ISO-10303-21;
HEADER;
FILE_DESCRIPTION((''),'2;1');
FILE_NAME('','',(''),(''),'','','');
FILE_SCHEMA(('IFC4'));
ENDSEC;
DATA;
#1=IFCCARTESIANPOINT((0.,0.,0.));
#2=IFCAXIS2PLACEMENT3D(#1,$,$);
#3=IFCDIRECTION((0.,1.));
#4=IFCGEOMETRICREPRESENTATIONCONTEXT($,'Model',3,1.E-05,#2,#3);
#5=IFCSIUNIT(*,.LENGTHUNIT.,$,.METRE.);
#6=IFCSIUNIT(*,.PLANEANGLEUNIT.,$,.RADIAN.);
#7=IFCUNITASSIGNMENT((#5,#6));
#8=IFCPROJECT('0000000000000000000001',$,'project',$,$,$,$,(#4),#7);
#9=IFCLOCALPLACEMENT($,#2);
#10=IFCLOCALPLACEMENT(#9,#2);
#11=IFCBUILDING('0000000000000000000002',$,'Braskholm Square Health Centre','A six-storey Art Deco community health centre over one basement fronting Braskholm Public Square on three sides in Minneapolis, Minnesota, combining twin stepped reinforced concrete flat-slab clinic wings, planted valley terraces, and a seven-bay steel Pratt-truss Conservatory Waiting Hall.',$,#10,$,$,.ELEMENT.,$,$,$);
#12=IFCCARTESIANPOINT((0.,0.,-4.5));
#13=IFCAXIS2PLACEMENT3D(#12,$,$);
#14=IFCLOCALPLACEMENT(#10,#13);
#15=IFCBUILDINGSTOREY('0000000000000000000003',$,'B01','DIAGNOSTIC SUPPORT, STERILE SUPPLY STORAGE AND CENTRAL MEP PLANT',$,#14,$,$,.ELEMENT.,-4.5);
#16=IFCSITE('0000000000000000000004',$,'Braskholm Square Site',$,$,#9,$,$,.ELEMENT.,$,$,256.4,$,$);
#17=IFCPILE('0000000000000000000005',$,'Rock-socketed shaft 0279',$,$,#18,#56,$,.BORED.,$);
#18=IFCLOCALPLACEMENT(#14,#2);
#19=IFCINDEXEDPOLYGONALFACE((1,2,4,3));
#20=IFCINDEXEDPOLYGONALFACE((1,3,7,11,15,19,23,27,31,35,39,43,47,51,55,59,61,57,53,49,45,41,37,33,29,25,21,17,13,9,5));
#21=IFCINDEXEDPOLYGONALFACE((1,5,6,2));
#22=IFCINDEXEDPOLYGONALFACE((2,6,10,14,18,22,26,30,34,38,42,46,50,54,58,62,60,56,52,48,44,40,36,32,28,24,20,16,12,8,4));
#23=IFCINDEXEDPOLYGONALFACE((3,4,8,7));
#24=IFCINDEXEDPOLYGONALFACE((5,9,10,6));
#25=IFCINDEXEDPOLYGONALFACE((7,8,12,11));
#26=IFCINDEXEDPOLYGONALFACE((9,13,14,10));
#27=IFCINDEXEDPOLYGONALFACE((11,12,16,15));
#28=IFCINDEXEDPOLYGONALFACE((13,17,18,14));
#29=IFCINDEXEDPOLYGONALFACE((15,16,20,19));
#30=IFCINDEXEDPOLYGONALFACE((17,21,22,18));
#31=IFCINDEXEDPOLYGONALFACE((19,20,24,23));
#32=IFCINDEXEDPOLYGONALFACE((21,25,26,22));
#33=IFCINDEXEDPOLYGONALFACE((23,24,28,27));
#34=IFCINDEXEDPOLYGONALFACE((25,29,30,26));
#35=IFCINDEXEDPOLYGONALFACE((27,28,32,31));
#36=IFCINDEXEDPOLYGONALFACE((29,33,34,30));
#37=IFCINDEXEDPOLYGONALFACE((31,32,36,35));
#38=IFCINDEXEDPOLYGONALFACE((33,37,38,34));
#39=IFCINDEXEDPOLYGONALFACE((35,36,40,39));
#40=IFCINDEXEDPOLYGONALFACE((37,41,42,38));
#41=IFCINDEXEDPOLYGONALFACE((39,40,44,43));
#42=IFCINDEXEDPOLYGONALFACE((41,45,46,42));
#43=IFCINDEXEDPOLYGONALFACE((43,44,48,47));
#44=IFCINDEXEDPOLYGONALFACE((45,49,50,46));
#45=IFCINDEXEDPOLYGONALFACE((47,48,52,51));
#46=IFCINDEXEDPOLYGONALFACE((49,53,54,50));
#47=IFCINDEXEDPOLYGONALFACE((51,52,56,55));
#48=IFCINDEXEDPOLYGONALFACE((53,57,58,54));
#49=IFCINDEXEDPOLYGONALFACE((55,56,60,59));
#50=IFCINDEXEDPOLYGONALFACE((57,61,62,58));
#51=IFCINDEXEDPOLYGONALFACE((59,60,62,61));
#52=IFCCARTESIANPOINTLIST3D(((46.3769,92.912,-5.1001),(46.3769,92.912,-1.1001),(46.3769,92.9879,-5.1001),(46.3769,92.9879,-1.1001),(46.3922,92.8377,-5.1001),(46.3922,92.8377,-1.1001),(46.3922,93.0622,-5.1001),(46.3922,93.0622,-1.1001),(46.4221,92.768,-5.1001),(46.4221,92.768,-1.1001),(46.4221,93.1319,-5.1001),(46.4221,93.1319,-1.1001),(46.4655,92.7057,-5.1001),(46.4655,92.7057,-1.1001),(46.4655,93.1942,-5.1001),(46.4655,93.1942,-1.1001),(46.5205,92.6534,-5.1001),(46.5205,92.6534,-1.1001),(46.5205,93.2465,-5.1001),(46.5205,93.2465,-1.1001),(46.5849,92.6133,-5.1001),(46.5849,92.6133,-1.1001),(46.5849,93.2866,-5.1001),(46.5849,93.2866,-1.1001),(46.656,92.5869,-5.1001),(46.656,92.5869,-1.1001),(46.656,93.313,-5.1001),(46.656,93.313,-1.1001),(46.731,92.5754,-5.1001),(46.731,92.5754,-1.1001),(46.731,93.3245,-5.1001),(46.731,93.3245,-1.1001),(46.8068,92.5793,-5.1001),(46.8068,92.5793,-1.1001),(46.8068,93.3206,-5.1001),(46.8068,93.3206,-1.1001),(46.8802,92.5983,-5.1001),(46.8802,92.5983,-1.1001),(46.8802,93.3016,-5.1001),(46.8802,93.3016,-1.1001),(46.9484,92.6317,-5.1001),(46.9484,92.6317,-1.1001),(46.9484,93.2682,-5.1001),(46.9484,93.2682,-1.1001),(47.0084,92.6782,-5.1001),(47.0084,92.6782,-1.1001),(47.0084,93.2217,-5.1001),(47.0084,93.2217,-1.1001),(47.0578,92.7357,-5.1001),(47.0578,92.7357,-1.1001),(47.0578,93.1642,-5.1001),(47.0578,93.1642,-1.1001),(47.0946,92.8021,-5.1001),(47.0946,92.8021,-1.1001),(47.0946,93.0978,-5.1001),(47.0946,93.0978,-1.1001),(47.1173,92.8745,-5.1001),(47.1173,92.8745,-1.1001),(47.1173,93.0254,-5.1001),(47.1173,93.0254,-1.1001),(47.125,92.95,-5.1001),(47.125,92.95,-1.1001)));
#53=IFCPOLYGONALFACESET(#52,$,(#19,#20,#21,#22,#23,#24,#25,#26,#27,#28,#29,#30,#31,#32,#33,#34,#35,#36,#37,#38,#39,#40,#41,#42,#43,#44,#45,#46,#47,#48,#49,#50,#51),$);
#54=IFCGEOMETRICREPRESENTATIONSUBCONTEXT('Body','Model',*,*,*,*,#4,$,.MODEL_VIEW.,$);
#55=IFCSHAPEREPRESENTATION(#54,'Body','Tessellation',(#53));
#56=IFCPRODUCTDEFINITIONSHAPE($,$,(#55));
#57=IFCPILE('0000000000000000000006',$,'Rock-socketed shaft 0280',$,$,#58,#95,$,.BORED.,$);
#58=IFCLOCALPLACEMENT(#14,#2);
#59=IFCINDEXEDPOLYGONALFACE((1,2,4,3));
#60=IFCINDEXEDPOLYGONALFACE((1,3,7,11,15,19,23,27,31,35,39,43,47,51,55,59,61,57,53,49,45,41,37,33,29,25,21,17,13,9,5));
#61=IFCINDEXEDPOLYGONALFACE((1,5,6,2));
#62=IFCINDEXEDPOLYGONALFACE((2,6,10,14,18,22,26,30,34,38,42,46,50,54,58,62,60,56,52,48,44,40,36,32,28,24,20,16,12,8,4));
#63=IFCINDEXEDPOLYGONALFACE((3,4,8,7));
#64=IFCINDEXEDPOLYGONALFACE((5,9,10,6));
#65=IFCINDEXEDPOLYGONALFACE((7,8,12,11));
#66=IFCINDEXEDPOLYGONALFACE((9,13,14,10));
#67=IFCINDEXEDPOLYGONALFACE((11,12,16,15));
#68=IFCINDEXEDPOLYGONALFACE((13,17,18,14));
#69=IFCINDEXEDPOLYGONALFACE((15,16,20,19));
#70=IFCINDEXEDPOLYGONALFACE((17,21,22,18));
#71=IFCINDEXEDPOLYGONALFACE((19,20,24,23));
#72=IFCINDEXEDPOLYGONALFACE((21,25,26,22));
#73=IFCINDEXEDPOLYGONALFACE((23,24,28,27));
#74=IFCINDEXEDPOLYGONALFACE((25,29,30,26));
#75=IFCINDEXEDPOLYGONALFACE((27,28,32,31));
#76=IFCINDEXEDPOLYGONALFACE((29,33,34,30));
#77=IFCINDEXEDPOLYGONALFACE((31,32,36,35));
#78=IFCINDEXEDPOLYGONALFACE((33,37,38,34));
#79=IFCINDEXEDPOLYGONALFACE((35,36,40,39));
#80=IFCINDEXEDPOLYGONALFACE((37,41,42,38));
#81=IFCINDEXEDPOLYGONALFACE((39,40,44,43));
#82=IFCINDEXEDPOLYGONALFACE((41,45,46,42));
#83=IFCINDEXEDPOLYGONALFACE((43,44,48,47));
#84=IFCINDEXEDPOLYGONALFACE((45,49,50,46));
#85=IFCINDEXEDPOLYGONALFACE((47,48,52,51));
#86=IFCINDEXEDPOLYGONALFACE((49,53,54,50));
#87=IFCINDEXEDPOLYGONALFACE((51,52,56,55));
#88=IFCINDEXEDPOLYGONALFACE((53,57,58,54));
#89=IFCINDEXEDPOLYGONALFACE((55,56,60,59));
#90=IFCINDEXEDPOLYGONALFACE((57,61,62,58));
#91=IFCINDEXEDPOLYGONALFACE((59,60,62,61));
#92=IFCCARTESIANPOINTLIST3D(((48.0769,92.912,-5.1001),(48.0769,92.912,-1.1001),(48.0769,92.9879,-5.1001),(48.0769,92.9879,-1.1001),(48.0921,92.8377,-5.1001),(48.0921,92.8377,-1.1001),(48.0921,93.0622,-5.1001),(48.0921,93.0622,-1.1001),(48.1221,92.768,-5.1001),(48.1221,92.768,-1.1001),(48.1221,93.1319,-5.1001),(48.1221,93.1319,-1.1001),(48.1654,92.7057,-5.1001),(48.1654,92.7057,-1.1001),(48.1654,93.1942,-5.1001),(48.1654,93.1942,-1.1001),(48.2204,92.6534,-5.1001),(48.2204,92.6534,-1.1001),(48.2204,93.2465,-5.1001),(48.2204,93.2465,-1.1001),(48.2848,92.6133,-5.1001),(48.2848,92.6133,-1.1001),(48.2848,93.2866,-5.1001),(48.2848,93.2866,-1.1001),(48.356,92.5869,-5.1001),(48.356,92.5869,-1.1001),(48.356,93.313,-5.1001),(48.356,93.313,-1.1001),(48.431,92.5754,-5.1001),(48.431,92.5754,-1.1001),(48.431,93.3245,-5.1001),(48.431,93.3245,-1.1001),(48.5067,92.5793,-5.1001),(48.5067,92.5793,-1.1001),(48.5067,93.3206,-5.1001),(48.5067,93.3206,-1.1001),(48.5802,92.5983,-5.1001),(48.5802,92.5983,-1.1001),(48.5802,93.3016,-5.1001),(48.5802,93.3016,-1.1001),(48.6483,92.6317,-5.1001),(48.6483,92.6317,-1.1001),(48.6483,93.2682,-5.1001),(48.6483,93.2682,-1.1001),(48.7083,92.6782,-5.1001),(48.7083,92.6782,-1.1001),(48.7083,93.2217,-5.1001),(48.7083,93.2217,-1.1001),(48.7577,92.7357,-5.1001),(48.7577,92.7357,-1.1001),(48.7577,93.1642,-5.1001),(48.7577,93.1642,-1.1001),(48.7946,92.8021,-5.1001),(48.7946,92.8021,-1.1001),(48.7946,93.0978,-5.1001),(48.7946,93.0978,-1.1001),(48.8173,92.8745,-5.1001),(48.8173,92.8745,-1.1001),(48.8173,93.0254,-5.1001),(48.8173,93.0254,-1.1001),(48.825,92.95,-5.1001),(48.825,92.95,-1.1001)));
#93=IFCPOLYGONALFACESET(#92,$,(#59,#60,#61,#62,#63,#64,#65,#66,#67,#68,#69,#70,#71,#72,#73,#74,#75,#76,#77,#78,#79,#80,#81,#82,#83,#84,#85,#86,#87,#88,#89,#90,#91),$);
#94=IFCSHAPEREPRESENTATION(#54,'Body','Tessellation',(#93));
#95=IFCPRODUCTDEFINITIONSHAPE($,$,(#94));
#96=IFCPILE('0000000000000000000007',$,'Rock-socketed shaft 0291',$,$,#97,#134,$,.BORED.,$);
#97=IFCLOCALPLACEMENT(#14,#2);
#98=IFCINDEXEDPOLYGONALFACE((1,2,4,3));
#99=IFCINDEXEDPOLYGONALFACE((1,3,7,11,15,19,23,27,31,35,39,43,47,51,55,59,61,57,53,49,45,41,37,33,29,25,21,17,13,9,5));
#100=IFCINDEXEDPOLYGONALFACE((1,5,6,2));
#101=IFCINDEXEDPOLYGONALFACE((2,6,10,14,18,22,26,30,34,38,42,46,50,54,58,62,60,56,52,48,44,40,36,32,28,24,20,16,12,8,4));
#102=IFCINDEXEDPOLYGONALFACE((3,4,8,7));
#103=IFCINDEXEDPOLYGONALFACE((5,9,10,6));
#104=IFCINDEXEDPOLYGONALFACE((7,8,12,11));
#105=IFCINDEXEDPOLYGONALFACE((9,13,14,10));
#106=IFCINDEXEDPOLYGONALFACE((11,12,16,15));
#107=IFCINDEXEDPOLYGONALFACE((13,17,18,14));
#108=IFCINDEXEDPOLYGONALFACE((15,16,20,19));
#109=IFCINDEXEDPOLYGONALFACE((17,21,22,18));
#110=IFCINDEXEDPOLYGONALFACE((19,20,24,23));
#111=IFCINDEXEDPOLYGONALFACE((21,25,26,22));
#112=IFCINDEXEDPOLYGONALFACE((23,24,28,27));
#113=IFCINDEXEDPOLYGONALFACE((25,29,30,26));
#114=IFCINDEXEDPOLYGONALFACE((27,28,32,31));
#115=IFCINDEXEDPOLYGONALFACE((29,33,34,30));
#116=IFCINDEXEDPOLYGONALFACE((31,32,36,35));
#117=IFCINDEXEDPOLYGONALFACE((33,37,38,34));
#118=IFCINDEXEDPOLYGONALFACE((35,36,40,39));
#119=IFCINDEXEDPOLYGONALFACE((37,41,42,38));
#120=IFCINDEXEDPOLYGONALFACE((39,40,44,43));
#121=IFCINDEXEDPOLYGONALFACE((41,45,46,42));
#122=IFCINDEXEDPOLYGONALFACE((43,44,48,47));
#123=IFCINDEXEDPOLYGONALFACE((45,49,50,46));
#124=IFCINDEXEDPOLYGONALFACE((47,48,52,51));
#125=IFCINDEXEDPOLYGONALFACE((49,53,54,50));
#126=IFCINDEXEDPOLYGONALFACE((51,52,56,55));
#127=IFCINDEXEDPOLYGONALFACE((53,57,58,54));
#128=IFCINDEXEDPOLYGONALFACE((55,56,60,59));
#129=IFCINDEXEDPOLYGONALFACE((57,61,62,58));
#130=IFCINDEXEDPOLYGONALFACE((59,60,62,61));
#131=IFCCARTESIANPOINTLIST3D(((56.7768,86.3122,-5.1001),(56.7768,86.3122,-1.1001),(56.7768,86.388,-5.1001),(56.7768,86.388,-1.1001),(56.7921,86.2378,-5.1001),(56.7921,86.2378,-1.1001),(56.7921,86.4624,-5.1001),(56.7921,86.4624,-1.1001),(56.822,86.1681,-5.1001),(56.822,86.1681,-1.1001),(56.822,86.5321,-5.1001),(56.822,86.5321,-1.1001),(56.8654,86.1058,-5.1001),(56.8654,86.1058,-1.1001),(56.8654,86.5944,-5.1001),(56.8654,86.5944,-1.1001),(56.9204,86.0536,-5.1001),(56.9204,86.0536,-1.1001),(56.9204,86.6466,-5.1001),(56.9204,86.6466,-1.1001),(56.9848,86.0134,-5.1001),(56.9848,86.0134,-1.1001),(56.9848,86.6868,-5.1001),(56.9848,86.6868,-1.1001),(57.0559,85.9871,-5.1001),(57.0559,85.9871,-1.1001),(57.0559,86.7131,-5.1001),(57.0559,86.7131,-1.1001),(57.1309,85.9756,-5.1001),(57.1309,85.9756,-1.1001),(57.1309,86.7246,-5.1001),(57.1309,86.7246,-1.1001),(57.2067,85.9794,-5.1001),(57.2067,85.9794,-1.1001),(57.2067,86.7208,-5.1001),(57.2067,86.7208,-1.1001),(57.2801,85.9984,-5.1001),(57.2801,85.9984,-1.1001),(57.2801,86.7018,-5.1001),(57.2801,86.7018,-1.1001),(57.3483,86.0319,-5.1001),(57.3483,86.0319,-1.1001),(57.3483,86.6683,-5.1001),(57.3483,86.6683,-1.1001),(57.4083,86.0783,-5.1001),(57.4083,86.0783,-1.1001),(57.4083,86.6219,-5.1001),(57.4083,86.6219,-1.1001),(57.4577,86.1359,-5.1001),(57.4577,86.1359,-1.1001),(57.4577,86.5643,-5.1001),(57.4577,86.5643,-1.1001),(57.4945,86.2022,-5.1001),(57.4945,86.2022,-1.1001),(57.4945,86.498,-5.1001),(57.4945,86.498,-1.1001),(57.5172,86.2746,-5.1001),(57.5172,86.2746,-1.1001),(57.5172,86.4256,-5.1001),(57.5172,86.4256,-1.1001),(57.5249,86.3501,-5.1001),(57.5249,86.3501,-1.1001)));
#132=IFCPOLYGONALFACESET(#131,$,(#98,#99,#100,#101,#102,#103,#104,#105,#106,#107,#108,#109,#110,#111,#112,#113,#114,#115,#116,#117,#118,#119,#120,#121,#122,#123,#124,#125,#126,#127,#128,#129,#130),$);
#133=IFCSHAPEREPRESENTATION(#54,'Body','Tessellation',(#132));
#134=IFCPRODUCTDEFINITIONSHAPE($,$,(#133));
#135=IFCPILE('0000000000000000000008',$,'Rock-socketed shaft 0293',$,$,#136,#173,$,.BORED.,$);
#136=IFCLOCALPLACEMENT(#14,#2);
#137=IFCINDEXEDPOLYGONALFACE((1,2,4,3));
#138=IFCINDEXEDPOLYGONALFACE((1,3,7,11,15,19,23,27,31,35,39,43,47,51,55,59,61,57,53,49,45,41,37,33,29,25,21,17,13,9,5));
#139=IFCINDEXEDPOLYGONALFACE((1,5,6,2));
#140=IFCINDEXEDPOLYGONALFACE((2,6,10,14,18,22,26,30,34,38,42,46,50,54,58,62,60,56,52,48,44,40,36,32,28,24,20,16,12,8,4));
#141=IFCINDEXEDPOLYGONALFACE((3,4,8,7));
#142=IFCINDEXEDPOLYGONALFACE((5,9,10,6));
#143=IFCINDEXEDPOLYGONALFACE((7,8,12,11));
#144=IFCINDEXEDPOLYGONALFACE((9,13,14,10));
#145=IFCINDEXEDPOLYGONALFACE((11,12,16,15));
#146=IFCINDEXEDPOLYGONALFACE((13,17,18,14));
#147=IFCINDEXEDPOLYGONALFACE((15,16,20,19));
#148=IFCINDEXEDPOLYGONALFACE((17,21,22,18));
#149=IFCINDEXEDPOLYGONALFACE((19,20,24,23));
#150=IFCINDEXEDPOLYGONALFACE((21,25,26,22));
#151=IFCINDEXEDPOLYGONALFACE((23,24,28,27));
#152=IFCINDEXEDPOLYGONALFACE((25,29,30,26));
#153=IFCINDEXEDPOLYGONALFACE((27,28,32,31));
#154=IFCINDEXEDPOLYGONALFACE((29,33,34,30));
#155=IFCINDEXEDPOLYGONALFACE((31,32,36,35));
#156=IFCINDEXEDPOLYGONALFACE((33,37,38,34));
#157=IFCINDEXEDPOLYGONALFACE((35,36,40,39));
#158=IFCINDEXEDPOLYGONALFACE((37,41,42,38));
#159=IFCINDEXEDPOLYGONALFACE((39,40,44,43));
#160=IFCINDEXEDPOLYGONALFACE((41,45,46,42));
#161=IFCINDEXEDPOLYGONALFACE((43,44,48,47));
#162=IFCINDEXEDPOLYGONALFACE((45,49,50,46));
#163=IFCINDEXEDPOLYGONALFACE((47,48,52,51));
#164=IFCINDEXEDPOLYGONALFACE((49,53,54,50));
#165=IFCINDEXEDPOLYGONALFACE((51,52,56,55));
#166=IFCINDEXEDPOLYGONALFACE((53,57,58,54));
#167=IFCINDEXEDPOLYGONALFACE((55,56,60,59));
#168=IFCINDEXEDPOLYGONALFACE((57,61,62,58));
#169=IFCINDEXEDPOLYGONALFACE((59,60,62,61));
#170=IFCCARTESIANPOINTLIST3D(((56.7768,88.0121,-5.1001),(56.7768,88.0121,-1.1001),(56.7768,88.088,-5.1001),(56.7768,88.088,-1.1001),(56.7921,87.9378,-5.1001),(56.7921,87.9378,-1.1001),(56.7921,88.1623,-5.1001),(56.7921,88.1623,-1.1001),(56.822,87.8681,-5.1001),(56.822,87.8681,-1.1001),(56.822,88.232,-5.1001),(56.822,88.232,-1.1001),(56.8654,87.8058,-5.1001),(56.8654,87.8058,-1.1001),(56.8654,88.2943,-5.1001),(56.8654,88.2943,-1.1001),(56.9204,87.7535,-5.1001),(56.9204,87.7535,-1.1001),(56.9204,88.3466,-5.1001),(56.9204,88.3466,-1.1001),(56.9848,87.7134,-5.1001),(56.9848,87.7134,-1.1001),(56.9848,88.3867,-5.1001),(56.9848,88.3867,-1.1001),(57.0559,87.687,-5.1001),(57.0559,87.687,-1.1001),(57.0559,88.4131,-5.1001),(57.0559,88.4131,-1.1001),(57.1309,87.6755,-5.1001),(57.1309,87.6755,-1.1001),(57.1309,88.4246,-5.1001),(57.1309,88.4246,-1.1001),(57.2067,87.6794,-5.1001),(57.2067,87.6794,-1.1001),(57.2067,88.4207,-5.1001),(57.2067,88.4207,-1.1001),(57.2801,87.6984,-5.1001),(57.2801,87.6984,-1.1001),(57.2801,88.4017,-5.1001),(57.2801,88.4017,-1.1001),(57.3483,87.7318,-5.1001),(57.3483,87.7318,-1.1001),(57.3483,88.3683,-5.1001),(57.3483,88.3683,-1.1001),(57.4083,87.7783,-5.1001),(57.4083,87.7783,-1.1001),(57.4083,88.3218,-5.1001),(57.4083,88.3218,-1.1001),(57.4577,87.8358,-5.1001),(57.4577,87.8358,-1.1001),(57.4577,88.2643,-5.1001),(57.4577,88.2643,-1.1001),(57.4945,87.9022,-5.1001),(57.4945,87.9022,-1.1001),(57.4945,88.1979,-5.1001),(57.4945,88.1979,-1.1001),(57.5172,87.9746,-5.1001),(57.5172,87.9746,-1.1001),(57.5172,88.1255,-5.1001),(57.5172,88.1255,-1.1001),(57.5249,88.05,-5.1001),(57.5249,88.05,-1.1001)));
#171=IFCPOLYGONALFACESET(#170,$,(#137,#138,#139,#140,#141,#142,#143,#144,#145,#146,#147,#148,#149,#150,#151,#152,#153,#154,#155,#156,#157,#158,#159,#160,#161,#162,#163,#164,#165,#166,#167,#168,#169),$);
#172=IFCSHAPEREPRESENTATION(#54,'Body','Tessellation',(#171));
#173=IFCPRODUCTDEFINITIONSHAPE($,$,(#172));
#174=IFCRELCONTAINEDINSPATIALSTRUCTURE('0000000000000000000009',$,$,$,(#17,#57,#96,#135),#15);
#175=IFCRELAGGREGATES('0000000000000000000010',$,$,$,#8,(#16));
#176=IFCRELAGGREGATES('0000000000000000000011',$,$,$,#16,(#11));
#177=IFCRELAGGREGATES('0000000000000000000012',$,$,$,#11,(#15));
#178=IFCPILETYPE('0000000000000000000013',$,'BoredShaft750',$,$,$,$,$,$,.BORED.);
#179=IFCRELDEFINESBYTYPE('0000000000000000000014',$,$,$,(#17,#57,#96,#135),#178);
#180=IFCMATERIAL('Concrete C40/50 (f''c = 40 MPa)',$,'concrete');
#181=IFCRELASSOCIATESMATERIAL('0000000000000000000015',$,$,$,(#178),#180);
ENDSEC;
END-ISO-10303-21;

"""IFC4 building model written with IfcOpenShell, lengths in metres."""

from ifc_helpers import new_model, si_unit, direction, frame, origin, origin_2d, place, context, subcontext, project, spatial, circle, extrude, material, material_profile, profile_set, type_object, element, save


model = new_model("IFC4")

# Units and contexts
model_context = context("Model", 3, precision=1e-05, world=origin(), true_north=direction((0.0, 1.0)))
body_context = subcontext(model_context, "Body", "Model", "MODEL_VIEW")
ifc_project = project(units=[si_unit("LENGTHUNIT", "METRE"), si_unit("PLANEANGLEUNIT", "RADIAN")], contexts=[model_context])

# Site, building, storey
site_placement = place(None, origin())
site = spatial("IfcSite", under=ifc_project, at=site_placement, Name="Braskholm Square Site", CompositionType="ELEMENT", RefElevation=256.4)
building_placement = place(site_placement, origin())
building = spatial("IfcBuilding", under=site, at=building_placement, Name="Braskholm Square Health Centre", Description="A six-storey Art Deco community health centre over one basement fronting Braskholm Public Square on three sides in Minneapolis, Minnesota, combining twin stepped reinforced concrete flat-slab clinic wings, planted valley terraces, and a seven-bay steel Pratt-truss Conservatory Waiting Hall.", CompositionType="ELEMENT")
storey_placement = place(building_placement, frame((0.0, 0.0, -4.5)))
storey = spatial("IfcBuildingStorey", under=building, at=storey_placement, Name="B01", Description="DIAGNOSTIC SUPPORT, STERILE SUPPLY STORAGE AND CENTRAL MEP PLANT", CompositionType="ELEMENT", Elevation=-4.5)

# Piles
ifc_material_1 = material(Name="Concrete C40/50 (f'c = 40 MPa)", Category="concrete")
ifc_material_profile_1 = material_profile(ifc_material_1, circle(Radius=0.375, at=origin_2d()), Name="BORED-PILE-750")
ifc_profile_set_1 = profile_set([ifc_material_profile_1], Name="Concrete C40/50 (f'c = 40 MPa)")
pile_type_1 = type_object("IfcPileType", Name="BoredShaft750", PredefinedType="BORED", material=ifc_profile_set_1)
for number, where, z_axis, x_axis, name in (
    (1, (46.75, 92.95, -1.1001), (0.0, 0.0, -1.0), (1.0, 0.0, 0.0), "Rock-socketed shaft 0279"),
    (2, (48.45, 92.95, -1.1001), (0.0, 0.0, -1.0), (1.0, 0.0, 0.0), "Rock-socketed shaft 0280"),
    (3, (57.1499, 86.3501, -1.1001), (0.0, 0.0, -1.0), (1.0, 0.0, 0.0), "Rock-socketed shaft 0291"),
    (4, (57.1499, 88.05, -1.1001), (0.0, 0.0, -1.0), (1.0, 0.0, 0.0), "Rock-socketed shaft 0293"),
):
    element("IfcPile", number, at=place(storey_placement, frame(where, z_axis=z_axis, x_axis=x_axis)), inside=storey, type_object=pile_type_1, Name=name, PredefinedType="BORED", context=body_context, shape_type="SweptSolid", body=[
        extrude(circle(Radius=0.375, at=origin_2d()), origin(), (0.0, 0.0, 1.0), 4.0),
    ])

save(model, "model.ifc")
